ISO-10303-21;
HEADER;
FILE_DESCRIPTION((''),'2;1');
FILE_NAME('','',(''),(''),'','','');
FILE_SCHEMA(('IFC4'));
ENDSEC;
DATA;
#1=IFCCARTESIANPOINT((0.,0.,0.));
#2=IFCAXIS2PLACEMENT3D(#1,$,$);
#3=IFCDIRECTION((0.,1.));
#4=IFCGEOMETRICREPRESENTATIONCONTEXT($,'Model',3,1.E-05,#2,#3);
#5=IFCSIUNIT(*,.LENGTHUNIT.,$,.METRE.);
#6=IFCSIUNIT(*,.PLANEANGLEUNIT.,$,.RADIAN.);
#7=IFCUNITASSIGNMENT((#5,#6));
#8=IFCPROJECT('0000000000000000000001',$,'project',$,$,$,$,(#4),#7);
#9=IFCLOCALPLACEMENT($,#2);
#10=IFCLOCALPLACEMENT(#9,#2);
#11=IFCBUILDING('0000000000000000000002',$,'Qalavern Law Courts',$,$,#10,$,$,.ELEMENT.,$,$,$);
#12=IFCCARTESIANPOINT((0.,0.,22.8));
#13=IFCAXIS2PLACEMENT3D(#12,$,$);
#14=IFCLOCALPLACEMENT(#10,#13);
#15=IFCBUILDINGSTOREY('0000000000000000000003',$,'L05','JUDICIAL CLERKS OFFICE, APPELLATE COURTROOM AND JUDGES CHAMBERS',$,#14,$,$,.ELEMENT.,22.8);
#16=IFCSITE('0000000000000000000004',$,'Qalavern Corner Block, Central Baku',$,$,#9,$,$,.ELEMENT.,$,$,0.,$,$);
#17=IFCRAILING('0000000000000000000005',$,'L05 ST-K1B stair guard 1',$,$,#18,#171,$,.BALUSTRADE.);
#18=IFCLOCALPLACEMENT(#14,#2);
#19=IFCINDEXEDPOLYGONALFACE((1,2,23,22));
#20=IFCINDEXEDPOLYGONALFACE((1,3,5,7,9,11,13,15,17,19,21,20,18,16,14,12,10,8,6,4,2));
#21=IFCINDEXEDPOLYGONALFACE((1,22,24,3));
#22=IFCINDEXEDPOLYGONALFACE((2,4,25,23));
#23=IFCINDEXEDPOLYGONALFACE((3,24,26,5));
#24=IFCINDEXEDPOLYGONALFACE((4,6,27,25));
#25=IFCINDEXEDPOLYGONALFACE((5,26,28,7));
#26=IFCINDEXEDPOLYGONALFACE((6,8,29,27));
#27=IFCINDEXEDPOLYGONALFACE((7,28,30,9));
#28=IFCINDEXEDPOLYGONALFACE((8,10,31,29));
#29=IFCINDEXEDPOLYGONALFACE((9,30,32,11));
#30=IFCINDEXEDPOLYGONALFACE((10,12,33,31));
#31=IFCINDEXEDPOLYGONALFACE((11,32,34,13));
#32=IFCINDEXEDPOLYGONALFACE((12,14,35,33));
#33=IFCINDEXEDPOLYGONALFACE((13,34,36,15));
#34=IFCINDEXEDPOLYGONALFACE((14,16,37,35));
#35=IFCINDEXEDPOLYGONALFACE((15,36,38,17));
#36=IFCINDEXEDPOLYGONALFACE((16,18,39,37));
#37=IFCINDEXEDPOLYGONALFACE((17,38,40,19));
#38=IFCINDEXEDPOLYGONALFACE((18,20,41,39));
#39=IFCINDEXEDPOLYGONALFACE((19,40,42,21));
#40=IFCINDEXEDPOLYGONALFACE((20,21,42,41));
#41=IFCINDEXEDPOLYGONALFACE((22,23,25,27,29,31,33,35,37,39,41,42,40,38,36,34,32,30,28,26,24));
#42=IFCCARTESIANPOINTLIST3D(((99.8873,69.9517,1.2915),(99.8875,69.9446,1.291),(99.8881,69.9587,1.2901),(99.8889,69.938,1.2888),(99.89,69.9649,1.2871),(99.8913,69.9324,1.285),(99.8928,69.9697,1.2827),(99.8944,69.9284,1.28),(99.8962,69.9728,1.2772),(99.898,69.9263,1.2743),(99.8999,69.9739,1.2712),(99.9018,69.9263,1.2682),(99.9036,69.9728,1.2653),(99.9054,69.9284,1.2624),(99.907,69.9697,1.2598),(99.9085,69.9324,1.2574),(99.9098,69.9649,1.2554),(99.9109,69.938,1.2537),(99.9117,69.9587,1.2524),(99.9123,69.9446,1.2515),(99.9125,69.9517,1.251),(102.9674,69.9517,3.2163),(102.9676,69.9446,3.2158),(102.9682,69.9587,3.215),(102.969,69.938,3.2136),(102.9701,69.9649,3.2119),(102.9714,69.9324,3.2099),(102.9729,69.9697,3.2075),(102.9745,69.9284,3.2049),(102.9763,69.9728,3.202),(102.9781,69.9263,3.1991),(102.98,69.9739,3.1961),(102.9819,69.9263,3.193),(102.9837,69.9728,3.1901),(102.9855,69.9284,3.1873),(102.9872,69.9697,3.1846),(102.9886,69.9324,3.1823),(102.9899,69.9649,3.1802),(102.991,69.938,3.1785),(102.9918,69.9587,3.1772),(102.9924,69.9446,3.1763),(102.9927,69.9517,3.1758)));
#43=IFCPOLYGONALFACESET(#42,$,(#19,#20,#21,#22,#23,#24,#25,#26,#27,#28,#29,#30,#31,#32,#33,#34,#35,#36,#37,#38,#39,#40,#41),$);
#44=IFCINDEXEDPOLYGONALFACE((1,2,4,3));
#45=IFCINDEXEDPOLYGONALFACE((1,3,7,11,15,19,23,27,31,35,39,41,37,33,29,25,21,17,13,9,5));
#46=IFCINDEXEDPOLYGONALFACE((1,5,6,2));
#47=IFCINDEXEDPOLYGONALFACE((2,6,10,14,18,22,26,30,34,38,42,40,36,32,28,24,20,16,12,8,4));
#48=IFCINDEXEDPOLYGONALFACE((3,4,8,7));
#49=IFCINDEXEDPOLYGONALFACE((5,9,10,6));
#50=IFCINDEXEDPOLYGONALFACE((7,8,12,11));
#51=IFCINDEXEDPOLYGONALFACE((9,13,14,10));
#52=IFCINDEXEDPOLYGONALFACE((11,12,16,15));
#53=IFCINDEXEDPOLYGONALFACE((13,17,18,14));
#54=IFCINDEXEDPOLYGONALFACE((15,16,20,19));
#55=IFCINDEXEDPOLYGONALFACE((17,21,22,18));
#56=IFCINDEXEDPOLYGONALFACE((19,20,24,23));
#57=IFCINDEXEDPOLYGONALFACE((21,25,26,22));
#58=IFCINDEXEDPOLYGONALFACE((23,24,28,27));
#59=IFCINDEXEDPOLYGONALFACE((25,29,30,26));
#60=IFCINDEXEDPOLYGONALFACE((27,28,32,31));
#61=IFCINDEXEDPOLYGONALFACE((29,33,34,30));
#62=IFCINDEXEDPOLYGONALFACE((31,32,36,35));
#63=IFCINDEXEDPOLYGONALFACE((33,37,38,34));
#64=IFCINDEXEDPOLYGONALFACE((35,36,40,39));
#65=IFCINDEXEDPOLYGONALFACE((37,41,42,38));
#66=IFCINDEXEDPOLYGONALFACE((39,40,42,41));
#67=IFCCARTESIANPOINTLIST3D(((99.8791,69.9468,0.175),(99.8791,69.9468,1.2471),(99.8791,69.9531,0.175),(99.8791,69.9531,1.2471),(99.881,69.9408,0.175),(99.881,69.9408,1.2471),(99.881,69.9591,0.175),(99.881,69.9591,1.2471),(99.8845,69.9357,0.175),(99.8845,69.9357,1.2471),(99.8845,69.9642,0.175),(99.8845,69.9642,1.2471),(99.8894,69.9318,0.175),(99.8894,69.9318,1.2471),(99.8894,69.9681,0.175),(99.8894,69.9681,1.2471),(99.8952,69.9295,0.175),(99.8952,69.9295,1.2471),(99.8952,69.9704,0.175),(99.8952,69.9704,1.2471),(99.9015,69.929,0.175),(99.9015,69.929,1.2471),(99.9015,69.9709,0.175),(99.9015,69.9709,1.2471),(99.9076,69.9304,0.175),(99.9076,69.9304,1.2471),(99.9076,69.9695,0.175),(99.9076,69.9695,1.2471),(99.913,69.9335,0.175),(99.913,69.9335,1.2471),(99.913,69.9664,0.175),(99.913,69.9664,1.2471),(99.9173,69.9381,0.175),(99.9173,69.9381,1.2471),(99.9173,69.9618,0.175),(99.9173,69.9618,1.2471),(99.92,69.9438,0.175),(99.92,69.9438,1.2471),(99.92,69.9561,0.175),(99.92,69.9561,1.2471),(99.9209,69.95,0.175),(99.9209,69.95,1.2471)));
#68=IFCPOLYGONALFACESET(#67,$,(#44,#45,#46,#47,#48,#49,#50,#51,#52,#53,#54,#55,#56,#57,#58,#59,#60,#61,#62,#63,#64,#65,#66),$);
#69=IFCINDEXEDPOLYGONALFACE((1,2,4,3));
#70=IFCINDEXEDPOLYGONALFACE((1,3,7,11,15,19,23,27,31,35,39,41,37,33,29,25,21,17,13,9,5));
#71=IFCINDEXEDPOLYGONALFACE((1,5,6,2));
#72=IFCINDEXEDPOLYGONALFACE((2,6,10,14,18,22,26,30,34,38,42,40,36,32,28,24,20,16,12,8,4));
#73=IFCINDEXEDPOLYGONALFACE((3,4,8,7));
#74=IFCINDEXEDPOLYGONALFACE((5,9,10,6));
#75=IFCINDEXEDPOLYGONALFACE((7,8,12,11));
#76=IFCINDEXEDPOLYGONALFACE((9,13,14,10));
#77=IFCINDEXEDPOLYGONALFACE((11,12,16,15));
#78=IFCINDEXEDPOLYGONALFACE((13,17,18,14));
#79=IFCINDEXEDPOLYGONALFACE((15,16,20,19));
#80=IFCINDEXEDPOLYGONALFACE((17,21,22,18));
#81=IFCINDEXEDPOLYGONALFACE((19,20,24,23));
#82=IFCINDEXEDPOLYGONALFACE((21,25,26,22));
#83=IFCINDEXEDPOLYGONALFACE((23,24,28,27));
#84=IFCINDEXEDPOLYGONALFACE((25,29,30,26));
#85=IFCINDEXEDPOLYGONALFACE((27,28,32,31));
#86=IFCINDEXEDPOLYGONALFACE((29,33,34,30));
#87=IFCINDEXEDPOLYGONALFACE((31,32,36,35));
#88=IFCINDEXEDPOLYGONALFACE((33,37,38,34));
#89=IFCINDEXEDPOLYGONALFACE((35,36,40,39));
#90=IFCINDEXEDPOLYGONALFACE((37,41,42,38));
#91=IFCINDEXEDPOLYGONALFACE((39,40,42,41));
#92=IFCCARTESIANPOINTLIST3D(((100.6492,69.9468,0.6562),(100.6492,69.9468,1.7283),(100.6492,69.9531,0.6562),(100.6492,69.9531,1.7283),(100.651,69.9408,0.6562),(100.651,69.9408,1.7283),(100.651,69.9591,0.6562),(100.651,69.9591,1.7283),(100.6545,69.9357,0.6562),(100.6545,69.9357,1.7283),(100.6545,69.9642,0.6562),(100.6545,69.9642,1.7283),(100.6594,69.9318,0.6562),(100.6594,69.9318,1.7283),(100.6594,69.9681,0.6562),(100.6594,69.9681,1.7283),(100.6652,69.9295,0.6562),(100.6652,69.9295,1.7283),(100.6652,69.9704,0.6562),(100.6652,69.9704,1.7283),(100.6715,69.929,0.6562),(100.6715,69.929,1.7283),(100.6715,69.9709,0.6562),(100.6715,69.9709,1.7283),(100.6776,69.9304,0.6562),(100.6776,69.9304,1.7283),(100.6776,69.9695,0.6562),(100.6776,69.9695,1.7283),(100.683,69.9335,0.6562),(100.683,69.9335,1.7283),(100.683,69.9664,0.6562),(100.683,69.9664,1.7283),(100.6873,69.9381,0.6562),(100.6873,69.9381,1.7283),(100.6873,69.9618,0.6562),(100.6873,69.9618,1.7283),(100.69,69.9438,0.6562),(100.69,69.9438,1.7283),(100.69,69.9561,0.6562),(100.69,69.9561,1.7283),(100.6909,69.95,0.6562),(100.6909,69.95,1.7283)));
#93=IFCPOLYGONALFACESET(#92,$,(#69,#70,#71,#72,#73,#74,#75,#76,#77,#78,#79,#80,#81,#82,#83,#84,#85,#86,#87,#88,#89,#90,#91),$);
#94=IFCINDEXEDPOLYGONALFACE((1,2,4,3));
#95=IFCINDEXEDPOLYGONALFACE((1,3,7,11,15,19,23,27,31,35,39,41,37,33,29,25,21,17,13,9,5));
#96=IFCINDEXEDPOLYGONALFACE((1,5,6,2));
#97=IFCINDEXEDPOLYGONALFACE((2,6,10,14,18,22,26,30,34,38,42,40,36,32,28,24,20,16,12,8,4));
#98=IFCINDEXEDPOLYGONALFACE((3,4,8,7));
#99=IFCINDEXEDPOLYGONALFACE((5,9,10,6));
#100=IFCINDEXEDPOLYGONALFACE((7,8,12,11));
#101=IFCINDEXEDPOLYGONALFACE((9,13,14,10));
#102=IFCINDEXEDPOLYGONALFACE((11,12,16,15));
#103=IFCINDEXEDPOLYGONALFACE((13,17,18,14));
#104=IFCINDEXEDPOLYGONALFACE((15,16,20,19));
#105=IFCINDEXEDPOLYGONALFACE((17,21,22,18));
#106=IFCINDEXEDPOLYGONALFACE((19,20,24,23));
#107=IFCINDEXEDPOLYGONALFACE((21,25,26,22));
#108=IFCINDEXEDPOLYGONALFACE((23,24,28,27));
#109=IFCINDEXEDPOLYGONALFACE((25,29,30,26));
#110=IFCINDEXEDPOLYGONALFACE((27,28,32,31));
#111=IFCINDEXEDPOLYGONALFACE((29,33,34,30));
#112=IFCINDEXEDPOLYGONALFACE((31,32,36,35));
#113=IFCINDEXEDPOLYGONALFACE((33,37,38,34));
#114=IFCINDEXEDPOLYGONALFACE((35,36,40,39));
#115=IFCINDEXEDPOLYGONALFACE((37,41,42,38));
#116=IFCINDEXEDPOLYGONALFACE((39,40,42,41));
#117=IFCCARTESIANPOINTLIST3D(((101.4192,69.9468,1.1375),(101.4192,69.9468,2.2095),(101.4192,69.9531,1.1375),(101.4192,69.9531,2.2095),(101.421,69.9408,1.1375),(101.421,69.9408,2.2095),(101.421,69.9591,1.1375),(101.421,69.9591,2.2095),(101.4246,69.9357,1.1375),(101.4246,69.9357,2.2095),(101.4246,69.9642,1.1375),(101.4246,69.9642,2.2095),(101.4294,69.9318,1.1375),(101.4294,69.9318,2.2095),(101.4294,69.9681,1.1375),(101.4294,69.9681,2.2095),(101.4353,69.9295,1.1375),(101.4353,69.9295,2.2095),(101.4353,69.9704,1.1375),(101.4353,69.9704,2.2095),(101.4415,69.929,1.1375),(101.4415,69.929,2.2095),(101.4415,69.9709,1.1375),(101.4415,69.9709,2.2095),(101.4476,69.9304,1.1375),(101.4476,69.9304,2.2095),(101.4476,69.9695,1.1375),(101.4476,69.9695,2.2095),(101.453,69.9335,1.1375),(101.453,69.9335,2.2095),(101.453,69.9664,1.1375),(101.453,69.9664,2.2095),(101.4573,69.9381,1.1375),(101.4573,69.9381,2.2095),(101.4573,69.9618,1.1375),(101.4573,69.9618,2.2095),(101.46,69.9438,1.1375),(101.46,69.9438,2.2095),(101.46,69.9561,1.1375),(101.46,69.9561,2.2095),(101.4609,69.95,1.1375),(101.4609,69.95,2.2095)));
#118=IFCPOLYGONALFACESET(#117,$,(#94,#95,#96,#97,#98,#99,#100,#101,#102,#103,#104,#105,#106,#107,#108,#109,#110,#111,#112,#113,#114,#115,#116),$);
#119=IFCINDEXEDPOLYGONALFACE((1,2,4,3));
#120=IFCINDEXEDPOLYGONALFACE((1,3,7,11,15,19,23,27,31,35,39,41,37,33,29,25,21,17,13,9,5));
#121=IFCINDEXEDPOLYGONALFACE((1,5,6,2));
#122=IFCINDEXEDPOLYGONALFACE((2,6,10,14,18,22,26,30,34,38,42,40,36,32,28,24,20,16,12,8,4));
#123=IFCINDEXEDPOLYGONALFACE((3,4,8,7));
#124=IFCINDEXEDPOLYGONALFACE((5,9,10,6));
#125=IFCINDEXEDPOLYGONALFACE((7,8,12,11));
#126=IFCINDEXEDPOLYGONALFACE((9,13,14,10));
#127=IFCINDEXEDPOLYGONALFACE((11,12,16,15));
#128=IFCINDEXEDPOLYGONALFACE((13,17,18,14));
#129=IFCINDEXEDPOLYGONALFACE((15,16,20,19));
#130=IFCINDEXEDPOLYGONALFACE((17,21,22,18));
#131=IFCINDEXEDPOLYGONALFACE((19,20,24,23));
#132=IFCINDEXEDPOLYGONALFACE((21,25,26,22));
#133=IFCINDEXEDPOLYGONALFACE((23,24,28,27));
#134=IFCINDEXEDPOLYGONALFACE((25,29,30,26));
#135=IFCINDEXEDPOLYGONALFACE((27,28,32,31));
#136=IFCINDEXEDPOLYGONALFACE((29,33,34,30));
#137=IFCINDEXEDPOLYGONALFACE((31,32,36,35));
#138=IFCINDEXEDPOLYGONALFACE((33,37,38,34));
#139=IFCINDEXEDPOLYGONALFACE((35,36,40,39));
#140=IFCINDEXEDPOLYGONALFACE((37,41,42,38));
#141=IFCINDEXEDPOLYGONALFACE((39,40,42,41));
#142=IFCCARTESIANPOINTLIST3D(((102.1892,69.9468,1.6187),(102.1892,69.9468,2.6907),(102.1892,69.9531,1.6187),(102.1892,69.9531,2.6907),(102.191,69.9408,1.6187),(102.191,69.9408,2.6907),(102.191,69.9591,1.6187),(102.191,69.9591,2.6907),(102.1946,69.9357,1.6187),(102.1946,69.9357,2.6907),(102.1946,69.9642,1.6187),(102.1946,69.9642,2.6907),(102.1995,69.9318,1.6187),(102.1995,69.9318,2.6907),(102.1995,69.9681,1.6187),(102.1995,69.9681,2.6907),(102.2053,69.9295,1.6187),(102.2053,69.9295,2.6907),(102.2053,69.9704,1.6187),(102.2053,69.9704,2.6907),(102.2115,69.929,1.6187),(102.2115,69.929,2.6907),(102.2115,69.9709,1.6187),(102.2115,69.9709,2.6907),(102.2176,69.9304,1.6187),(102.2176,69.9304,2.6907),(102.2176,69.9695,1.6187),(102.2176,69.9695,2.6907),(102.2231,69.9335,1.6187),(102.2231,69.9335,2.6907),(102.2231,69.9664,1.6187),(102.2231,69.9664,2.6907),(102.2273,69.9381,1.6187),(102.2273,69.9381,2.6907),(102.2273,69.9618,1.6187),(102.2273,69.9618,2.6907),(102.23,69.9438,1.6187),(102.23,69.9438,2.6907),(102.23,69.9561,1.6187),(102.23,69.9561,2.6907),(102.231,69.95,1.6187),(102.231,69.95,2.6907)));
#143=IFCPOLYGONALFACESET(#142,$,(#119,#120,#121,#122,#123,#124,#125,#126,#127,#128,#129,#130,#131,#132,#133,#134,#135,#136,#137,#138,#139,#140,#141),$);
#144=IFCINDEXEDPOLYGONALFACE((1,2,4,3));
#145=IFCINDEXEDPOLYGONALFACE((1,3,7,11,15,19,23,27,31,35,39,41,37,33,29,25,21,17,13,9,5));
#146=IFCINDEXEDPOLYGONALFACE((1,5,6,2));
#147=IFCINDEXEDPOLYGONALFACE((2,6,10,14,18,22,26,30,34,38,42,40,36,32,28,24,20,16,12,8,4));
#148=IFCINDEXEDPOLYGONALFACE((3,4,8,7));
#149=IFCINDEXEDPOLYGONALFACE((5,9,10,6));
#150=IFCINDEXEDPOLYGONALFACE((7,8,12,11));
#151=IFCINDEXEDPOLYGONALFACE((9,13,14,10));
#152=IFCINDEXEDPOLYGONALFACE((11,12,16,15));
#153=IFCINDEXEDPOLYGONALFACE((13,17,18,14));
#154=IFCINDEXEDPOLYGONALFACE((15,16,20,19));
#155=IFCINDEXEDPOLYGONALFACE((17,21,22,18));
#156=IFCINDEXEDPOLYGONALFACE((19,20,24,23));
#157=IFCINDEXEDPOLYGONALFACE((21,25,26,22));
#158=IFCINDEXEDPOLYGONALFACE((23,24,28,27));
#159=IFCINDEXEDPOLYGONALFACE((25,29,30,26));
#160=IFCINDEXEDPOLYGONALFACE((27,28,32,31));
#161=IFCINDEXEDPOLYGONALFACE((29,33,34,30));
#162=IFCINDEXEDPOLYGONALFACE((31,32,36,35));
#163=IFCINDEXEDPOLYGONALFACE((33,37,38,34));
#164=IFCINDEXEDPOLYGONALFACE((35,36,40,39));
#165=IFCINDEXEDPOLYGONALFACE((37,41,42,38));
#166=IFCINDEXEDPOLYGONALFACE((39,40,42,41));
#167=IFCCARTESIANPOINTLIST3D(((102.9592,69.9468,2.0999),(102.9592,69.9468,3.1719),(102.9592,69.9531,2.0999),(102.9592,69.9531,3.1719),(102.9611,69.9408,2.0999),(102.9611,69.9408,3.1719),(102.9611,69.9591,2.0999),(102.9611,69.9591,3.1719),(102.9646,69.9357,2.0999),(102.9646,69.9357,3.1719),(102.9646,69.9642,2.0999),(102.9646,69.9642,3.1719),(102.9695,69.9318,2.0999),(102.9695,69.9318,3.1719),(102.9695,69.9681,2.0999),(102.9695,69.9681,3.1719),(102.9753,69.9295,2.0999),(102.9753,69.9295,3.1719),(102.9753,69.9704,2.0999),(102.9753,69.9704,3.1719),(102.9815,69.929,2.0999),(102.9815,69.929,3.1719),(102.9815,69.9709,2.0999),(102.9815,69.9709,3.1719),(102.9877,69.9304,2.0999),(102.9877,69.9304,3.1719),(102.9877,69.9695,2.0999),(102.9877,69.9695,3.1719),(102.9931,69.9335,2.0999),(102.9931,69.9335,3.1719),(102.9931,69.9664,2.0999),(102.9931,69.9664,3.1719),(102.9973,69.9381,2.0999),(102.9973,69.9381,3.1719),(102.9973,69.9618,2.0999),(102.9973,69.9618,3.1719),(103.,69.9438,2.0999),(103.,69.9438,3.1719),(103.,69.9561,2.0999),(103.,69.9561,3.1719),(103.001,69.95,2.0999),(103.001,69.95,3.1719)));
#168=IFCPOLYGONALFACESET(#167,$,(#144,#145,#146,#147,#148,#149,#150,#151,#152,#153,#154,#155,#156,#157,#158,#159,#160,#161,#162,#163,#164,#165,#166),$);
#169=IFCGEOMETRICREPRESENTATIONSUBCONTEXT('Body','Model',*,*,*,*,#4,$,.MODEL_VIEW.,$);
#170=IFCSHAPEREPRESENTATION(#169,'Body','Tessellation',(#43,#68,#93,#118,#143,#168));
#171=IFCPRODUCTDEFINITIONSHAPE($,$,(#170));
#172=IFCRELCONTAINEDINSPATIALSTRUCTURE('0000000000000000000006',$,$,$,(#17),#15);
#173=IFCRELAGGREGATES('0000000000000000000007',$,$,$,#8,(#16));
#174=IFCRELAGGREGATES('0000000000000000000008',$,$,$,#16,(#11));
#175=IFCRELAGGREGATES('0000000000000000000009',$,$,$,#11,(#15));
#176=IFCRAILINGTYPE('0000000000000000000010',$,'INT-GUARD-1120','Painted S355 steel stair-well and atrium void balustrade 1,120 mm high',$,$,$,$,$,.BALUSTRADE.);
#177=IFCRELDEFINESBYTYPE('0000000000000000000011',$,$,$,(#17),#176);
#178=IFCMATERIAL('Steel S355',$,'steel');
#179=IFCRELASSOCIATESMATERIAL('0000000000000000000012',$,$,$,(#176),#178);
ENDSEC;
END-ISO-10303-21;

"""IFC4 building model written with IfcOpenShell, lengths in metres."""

from ifc_helpers import new_model, si_unit, direction, frame, origin, origin_2d, place, context, subcontext, project, spatial, circle, extrude, material, type_object, element, save


model = new_model("IFC4")

# Units and contexts
model_context = context("Model", 3, precision=1e-05, world=origin(), true_north=direction((0.0, 1.0)))
body_context = subcontext(model_context, "Body", "Model", "MODEL_VIEW")
ifc_project = project(units=[si_unit("LENGTHUNIT", "METRE"), si_unit("PLANEANGLEUNIT", "RADIAN")], contexts=[model_context])

# Site, building, storey
site_placement = place(None, origin())
site = spatial("IfcSite", under=ifc_project, at=site_placement, Name="Qalavern Corner Block, Central Baku", CompositionType="ELEMENT", RefElevation=0.0)
building_placement = place(site_placement, origin())
building = spatial("IfcBuilding", under=site, at=building_placement, Name="Qalavern Law Courts", CompositionType="ELEMENT")
storey_placement = place(building_placement, frame((0.0, 0.0, 22.8)))
storey = spatial("IfcBuildingStorey", under=building, at=storey_placement, Name="L05", Description="JUDICIAL CLERKS OFFICE, APPELLATE COURTROOM AND JUDGES CHAMBERS", CompositionType="ELEMENT", Elevation=22.8)

# Shared definitions
ifc_material_1 = material(Name="Steel S355", Category="steel")

# Railing
railing_type_1 = type_object("IfcRailingType", Name="INT-GUARD-1120", Description="Painted S355 steel stair-well and atrium void balustrade 1,120 mm high", PredefinedType="BALUSTRADE", material=ifc_material_1)
railing_1_placement = place(storey_placement, frame((99.8999, 69.95, 0.175)))
element("IfcRailing", 1, at=railing_1_placement, inside=storey, type_object=railing_type_1, Name="L05 ST-K1B stair guard 1", PredefinedType="BALUSTRADE", context=body_context, shape_type="SweptSolid", body=[
    extrude(circle(Radius=0.0239, at=origin_2d()), frame((0.0, 0.0, 1.0962), z_axis=(0.848029, 0.0, 0.529951), x_axis=(0.0, 1.0, 0.0)), (0.0, 0.0, 1.0), 3.6321),
    extrude(circle(Radius=0.021, at=origin_2d()), origin(), (0.0, 0.0, 1.0), 1.072),
    extrude(circle(Radius=0.021, at=origin_2d()), frame((0.77, 0.0, 0.4812)), (0.0, 0.0, 1.0), 1.072),
    extrude(circle(Radius=0.021, at=origin_2d()), frame((1.54, 0.0, 0.9624)), (0.0, 0.0, 1.0), 1.072),
    extrude(circle(Radius=0.021, at=origin_2d()), frame((2.3101, 0.0, 1.4436)), (0.0, 0.0, 1.0), 1.072),
    extrude(circle(Radius=0.021, at=origin_2d()), frame((3.0801, 0.0, 1.9248)), (0.0, 0.0, 1.0), 1.072),
])

save(model, "model.ifc")
